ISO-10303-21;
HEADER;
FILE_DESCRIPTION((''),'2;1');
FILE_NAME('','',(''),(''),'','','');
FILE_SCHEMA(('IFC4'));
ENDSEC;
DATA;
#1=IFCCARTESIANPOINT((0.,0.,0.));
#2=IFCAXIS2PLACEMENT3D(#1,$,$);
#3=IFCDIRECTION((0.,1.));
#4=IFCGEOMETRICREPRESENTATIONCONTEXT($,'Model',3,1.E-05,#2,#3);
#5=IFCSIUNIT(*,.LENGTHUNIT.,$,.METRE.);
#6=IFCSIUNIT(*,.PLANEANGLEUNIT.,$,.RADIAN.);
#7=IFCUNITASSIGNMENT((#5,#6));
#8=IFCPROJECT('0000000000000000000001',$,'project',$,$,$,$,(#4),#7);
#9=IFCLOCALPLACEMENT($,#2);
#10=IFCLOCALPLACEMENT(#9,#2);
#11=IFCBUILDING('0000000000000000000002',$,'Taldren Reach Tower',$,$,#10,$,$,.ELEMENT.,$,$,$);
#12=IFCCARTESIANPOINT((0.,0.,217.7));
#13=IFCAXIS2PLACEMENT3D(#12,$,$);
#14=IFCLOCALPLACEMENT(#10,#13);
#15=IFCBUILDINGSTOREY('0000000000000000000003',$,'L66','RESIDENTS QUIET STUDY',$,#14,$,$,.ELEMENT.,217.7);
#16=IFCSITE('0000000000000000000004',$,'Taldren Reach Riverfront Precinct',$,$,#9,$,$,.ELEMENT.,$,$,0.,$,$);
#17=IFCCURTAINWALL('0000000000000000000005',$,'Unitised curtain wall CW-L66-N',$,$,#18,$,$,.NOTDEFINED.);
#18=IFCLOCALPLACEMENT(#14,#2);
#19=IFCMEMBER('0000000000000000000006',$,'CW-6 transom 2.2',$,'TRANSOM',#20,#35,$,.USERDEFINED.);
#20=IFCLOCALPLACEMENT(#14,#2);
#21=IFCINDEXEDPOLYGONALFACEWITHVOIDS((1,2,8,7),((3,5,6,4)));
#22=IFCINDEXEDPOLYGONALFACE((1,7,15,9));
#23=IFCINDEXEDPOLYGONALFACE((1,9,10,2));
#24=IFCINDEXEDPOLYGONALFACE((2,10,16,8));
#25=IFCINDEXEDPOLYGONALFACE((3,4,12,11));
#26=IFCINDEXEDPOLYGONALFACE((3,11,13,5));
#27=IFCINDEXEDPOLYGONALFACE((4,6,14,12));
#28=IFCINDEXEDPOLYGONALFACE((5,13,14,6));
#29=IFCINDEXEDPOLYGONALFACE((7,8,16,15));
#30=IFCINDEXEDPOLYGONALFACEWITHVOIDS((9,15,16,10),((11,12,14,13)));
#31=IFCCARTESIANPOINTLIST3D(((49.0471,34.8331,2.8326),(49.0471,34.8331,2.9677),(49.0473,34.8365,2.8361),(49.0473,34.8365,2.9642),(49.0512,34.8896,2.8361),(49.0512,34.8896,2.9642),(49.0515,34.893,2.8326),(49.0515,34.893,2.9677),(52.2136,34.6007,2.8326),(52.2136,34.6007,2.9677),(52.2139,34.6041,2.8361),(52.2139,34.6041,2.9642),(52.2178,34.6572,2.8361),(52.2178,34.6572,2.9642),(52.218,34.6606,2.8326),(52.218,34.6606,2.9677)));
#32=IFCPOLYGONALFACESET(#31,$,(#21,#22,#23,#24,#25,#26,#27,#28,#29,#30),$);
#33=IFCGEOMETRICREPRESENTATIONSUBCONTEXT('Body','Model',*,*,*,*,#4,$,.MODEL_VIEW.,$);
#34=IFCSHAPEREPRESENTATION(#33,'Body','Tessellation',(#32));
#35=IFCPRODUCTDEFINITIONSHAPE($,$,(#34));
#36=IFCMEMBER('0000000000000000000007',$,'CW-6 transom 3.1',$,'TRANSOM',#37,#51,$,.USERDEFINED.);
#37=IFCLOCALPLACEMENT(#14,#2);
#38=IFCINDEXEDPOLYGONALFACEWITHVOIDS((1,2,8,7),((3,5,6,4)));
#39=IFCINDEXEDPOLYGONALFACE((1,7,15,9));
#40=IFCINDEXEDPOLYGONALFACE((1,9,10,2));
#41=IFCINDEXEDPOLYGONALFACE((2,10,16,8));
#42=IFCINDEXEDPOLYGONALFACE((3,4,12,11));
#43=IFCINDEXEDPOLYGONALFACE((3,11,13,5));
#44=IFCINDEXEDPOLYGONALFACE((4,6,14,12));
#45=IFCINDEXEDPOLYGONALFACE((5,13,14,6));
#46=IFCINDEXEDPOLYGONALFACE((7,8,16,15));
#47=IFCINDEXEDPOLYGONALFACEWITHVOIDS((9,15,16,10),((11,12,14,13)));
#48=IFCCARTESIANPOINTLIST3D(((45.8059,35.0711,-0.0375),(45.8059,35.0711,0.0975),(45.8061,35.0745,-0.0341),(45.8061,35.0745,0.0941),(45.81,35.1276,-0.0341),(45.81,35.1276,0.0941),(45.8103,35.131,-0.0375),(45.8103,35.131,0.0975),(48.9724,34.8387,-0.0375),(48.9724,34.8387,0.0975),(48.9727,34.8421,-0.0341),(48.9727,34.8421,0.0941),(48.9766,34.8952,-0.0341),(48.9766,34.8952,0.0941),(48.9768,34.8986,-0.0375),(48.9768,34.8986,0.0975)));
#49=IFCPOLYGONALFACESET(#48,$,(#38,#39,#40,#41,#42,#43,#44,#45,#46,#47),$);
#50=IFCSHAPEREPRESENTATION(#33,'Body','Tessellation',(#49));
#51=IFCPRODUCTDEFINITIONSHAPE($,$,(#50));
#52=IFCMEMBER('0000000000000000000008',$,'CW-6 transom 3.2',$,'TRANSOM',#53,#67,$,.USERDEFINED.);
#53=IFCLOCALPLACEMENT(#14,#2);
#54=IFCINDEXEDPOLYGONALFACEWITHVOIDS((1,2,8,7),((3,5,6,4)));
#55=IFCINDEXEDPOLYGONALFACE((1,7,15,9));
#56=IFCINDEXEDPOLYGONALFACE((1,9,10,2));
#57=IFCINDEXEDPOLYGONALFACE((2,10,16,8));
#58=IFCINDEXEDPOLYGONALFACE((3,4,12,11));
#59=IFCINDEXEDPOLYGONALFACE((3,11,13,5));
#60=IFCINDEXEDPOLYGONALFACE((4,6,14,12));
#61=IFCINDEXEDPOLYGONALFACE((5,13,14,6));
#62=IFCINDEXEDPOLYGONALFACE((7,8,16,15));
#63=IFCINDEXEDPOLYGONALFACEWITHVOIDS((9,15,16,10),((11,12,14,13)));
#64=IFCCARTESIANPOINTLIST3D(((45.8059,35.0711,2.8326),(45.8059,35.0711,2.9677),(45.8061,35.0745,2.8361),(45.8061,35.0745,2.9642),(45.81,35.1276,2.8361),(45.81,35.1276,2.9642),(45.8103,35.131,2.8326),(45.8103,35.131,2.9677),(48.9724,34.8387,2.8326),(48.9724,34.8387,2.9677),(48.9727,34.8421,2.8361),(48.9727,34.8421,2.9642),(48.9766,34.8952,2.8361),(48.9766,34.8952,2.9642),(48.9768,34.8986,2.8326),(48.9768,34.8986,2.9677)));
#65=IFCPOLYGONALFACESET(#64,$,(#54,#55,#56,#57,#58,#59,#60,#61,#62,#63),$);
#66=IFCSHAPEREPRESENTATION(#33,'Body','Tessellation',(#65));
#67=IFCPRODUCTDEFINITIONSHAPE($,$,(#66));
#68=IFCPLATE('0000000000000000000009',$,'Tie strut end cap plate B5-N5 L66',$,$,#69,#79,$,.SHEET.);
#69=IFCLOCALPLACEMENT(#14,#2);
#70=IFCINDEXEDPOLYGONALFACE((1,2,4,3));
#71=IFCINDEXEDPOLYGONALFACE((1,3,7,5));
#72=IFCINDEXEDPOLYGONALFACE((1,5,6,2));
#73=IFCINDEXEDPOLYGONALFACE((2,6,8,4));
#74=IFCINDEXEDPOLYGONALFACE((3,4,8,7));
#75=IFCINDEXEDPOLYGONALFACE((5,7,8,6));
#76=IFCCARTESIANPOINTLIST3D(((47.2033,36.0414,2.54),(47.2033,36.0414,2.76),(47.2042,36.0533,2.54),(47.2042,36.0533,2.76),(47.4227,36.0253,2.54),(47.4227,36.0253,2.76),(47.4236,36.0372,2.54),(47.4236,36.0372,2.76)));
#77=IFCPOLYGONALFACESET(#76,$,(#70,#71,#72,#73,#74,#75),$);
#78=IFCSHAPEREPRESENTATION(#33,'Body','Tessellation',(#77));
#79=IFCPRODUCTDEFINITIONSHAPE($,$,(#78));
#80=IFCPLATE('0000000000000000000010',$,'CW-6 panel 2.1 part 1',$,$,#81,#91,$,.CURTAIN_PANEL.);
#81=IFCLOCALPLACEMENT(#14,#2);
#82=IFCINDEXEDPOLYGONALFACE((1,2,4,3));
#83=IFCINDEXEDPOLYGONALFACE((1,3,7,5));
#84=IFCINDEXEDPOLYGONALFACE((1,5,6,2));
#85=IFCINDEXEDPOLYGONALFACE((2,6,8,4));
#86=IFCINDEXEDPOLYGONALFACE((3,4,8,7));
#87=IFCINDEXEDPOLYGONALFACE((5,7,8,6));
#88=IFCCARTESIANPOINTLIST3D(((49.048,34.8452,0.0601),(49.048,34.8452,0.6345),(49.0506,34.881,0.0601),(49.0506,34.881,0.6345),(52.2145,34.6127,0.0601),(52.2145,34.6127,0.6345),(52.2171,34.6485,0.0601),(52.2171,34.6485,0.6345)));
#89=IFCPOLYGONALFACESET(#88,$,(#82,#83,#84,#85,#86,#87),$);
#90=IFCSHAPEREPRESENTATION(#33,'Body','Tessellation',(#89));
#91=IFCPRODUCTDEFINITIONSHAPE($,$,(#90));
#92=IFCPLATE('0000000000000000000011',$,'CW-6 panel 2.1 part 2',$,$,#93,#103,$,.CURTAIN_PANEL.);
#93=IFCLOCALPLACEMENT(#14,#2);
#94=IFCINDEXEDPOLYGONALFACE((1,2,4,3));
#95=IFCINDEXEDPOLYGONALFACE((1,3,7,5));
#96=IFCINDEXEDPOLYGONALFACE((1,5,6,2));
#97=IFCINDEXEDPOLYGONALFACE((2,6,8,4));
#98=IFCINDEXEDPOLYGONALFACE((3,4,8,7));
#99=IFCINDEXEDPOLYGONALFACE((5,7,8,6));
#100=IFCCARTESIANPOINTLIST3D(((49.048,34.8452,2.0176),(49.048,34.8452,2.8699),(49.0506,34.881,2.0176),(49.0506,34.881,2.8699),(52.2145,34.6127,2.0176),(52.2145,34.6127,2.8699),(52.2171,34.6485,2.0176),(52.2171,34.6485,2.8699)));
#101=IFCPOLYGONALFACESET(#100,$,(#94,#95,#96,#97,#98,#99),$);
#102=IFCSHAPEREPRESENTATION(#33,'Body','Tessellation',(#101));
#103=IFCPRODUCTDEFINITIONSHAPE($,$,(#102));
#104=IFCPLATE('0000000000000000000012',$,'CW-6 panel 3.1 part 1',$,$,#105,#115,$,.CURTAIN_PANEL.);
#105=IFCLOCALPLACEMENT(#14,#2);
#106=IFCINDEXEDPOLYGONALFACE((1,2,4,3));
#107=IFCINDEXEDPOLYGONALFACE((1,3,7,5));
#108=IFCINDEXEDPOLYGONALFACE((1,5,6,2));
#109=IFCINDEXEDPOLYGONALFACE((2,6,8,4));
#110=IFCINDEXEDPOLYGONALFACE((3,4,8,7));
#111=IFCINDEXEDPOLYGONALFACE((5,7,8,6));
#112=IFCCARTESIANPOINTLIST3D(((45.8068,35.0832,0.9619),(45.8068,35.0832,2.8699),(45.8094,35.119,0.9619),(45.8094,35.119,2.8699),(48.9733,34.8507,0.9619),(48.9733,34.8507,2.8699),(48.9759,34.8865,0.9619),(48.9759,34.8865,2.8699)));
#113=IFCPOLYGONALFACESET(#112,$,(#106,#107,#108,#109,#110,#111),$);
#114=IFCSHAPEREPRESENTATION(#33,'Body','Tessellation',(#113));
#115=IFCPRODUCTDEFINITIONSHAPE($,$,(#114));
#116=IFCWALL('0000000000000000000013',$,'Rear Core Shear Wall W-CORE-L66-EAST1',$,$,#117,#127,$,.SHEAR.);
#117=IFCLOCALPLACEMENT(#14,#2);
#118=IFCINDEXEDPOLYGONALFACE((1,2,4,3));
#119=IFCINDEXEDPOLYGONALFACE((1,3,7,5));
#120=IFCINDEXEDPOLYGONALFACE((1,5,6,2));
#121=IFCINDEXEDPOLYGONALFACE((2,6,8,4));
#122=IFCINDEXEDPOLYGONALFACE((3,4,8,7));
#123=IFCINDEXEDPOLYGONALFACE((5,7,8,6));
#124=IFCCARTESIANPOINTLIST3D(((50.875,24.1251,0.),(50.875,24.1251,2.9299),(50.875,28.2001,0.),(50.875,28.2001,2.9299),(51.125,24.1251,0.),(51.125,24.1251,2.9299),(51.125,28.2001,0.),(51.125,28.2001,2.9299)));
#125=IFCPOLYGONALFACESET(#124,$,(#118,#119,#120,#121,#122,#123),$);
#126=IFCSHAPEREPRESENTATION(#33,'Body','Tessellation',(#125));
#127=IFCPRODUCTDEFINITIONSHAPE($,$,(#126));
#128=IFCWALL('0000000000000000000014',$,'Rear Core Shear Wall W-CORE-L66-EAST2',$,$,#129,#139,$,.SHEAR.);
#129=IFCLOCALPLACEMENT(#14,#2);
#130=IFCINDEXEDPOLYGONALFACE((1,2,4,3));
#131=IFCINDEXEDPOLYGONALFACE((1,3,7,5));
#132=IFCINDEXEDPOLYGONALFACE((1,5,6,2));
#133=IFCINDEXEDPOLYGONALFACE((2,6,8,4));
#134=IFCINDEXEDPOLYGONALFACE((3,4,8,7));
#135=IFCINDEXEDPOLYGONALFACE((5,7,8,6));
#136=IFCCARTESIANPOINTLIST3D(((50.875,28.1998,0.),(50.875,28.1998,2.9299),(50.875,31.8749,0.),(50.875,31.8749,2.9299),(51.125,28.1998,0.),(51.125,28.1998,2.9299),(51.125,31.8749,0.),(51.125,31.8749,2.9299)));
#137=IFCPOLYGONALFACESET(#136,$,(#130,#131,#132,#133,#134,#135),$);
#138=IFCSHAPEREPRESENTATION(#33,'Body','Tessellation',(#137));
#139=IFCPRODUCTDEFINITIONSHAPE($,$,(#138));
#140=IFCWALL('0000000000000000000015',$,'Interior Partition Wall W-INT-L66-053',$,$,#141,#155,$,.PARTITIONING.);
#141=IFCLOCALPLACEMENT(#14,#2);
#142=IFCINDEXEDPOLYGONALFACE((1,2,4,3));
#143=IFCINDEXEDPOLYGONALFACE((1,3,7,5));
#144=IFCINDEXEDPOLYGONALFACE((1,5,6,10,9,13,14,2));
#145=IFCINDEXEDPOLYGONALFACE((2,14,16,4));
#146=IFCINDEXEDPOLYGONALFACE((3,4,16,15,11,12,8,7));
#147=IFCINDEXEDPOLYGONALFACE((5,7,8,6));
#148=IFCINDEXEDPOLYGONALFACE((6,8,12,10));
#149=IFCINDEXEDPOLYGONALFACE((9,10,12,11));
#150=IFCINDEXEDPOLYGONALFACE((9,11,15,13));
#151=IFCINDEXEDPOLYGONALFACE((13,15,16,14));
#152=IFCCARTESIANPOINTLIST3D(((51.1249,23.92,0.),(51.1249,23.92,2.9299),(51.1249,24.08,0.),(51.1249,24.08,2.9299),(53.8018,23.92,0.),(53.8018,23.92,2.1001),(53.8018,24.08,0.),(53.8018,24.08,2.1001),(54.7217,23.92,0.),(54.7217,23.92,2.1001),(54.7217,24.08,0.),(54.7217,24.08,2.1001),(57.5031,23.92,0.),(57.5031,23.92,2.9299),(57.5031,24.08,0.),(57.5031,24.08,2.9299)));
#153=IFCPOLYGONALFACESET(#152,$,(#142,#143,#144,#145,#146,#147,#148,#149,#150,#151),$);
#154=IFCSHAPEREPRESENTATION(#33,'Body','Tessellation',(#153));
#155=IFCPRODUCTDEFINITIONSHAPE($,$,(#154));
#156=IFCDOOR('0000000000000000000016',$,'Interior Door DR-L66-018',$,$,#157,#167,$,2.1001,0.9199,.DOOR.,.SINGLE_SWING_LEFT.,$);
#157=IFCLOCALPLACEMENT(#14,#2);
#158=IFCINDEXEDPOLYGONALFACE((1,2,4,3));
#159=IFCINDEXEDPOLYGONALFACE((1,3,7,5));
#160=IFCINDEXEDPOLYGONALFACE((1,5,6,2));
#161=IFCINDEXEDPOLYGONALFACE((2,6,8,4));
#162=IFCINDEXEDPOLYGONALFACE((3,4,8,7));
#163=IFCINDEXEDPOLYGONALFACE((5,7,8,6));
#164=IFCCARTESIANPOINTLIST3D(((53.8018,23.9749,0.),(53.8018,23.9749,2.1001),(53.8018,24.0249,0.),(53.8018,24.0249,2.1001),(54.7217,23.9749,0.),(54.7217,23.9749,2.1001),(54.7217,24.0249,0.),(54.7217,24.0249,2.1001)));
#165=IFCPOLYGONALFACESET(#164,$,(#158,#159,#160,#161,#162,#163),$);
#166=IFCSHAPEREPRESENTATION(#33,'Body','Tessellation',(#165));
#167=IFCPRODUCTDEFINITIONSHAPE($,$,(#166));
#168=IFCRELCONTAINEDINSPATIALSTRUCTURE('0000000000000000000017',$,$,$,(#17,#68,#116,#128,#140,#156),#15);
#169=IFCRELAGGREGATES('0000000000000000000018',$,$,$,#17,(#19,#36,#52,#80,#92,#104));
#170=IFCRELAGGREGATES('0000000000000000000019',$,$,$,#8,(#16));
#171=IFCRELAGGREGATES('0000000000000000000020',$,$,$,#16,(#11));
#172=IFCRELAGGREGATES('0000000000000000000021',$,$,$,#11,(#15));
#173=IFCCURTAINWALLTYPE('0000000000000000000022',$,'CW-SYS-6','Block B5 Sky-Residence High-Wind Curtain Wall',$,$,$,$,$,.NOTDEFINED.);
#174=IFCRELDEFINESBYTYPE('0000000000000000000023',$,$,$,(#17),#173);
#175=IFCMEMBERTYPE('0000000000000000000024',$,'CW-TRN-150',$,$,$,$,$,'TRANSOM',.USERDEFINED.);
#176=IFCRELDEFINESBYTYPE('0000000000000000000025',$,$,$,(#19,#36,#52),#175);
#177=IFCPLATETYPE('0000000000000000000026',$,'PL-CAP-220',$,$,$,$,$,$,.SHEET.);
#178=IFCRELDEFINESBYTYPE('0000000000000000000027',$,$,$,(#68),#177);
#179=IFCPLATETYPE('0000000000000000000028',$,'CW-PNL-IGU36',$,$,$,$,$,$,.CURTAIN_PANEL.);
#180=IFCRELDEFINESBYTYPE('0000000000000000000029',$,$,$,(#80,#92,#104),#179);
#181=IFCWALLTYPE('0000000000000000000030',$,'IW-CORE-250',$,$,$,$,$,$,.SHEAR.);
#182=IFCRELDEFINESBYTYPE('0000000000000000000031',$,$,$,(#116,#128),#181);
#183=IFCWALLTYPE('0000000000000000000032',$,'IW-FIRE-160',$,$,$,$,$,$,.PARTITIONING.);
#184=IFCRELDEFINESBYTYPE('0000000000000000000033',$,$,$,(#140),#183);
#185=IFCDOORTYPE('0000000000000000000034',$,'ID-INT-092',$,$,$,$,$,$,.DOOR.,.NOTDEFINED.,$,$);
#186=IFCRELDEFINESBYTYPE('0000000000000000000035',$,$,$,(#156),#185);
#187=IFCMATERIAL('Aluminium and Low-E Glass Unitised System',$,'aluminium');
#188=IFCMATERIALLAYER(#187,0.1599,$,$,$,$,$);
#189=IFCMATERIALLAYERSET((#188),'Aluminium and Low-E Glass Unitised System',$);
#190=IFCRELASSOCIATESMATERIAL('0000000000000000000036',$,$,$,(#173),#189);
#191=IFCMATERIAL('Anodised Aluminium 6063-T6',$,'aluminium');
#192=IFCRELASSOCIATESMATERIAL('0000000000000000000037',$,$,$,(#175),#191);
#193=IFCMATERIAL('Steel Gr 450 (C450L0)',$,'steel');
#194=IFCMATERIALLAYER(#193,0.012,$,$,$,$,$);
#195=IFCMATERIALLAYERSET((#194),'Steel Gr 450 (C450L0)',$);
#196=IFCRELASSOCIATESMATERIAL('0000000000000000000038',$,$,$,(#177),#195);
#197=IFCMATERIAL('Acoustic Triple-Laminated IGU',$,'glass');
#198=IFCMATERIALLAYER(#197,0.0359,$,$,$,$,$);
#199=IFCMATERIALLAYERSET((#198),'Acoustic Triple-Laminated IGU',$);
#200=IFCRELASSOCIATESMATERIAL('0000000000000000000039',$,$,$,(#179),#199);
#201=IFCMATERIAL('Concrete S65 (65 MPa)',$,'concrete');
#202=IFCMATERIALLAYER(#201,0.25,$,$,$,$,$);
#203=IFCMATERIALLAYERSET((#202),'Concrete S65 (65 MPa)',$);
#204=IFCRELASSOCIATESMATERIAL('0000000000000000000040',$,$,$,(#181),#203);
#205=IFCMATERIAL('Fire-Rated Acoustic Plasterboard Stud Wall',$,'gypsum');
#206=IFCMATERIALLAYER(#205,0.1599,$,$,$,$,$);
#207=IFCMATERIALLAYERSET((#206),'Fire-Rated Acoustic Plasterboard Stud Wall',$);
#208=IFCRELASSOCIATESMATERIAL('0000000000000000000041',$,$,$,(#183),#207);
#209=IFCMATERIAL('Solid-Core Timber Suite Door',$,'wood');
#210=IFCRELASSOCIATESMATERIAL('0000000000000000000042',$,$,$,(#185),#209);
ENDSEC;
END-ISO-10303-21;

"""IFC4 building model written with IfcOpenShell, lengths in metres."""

from ifc_helpers import new_model, si_unit, direction, frame, frame_2d, origin, origin_2d, place, context, subcontext, project, spatial, rectangle, hollow_rectangle, extrude, source, transform, mapped, material, layer, layer_set, material_profile, profile_set, type_object, element, fill, aggregate, save


model = new_model("IFC4")

# Units and contexts
model_context = context("Model", 3, precision=1e-05, world=origin(), true_north=direction((0.0, 1.0)))
body_context = subcontext(model_context, "Body", "Model", "MODEL_VIEW")
ifc_project = project(units=[si_unit("LENGTHUNIT", "METRE"), si_unit("PLANEANGLEUNIT", "RADIAN")], contexts=[model_context])

# Site, building, storey
site_placement = place(None, origin())
site = spatial("IfcSite", under=ifc_project, at=site_placement, Name="Taldren Reach Riverfront Precinct", CompositionType="ELEMENT", RefElevation=0.0)
building_placement = place(site_placement, origin())
building = spatial("IfcBuilding", under=site, at=building_placement, Name="Taldren Reach Tower", CompositionType="ELEMENT")
storey_placement = place(building_placement, frame((0.0, 0.0, 217.7)))
storey = spatial("IfcBuildingStorey", under=building, at=storey_placement, Name="L66", Description="RESIDENTS QUIET STUDY", CompositionType="ELEMENT", Elevation=217.7)

# Shared definitions
ifc_material_1 = material(Name="Steel Gr 450 (C450L0)", Category="steel")

# Curtain wall, members
ifc_material_2 = material(Name="Aluminium and Low-E Glass Unitised System", Category="aluminium")
ifc_layer_1 = layer(ifc_material_2, 0.1599)
ifc_layer_set_1 = layer_set([ifc_layer_1], Name="Aluminium and Low-E Glass Unitised System")
curtain_wall_type = type_object("IfcCurtainWallType", Name="CW-SYS-6", Description="Block B5 Sky-Residence High-Wind Curtain Wall", PredefinedType="NOTDEFINED", material=ifc_layer_set_1)
curtain_wall_placement = place(storey_placement, origin())
curtain_wall = element("IfcCurtainWall", 1, at=curtain_wall_placement, inside=storey, type_object=curtain_wall_type, Name="Unitised curtain wall CW-L66-N", PredefinedType="NOTDEFINED")
ifc_material_3 = material(Name="Anodised Aluminium 6063-T6", Category="aluminium")
ifc_material_profile_1 = material_profile(ifc_material_3, hollow_rectangle(XDim=0.0601, YDim=0.135, WallThickness=0.0034, at=origin_2d()), Name="ALU-135x60x3.5RHS")
ifc_profile_set_1 = profile_set([ifc_material_profile_1], Name="Anodised Aluminium 6063-T6")
member_type_1 = type_object("IfcMemberType", Name="CW-TRN-150", ElementType="TRANSOM", PredefinedType="USERDEFINED", material=ifc_profile_set_1)
shared_shape_1 = source(origin(), body_context, "Body", "SweptSolid", [
    extrude(hollow_rectangle(XDim=0.0601, YDim=0.135, WallThickness=0.0034, at=origin_2d()), origin(), (0.0, 0.0, 1.0), 3.175),
])
member_1_placement = place(storey_placement, frame((52.2158, 34.6306, 2.9001), z_axis=(-0.997317, 0.073203, 0.0), x_axis=(-0.073203, -0.997317, 0.0)))
member_1 = element("IfcMember", 2, at=member_1_placement, type_object=member_type_1, Name="CW-6 transom 2.2", ObjectType="TRANSOM", PredefinedType="USERDEFINED", context=body_context, shape_type="MappedRepresentation", body=[
    mapped(shared_shape_1, transform((0.0, 0.0, 0.0), scale=1.0)),
])
member_2_placement = place(storey_placement, frame((48.9746, 34.8687, 0.03), z_axis=(-0.997317, 0.073203, 0.0), x_axis=(-0.073203, -0.997317, 0.0)))
member_2 = element("IfcMember", 3, at=member_2_placement, type_object=member_type_1, Name="CW-6 transom 3.1", ObjectType="TRANSOM", PredefinedType="USERDEFINED", context=body_context, shape_type="MappedRepresentation", body=[
    mapped(shared_shape_1, transform((0.0, 0.0, 0.0), scale=1.0)),
])
member_3_placement = place(storey_placement, frame((48.9746, 34.8687, 2.9001), z_axis=(-0.997317, 0.073203, 0.0), x_axis=(-0.073203, -0.997317, 0.0)))
member_3 = element("IfcMember", 4, at=member_3_placement, type_object=member_type_1, Name="CW-6 transom 3.2", ObjectType="TRANSOM", PredefinedType="USERDEFINED", context=body_context, shape_type="MappedRepresentation", body=[
    mapped(shared_shape_1, transform((0.0, 0.0, 0.0), scale=1.0)),
])

# Plates
ifc_layer_2 = layer(ifc_material_1, 0.012)
ifc_layer_set_2 = layer_set([ifc_layer_2], Name="Steel Gr 450 (C450L0)")
plate_type_1 = type_object("IfcPlateType", Name="PL-CAP-220", PredefinedType="SHEET", material=ifc_layer_set_2)
shared_shape_2 = source(origin(), body_context, "Body", "SweptSolid", [
    extrude(rectangle(XDim=0.22, YDim=0.012, at=origin_2d()), origin(), (0.0, 0.0, 1.0), 0.22),
])
plate_1_placement = place(storey_placement, frame((47.3135, 36.0393, 2.54), z_axis=(0.0, 0.0, 1.0), x_axis=(0.997314, -0.073238, 0.0)))
element("IfcPlate", 5, at=plate_1_placement, inside=storey, type_object=plate_type_1, Name="Tie strut end cap plate B5-N5 L66", PredefinedType="SHEET", context=body_context, shape_type="MappedRepresentation", body=[
    mapped(shared_shape_2, transform((0.0, 0.0, 0.0), scale=1.0)),
])
ifc_material_4 = material(Name="Acoustic Triple-Laminated IGU", Category="glass")
ifc_layer_3 = layer(ifc_material_4, 0.0359)
ifc_layer_set_3 = layer_set([ifc_layer_3], Name="Acoustic Triple-Laminated IGU")
plate_type_2 = type_object("IfcPlateType", Name="CW-PNL-IGU36", PredefinedType="CURTAIN_PANEL", material=ifc_layer_set_3)
shared_shape_3 = source(origin(), body_context, "Body", "SweptSolid", [
    extrude(rectangle(XDim=3.175, YDim=0.0359, at=origin_2d()), origin(), (0.0, 0.0, 1.0), 0.5745),
])
plate_2_placement = place(storey_placement, frame((50.6326, 34.7468, 0.0601), z_axis=(0.0, 0.0, 1.0), x_axis=(-0.997314, 0.073238, 0.0)))
plate_2 = element("IfcPlate", 6, at=plate_2_placement, type_object=plate_type_2, Name="CW-6 panel 2.1 part 1", PredefinedType="CURTAIN_PANEL", context=body_context, shape_type="MappedRepresentation", body=[
    mapped(shared_shape_3, transform((0.0, 0.0, 0.0), scale=1.0)),
])
shared_shape_4 = source(origin(), body_context, "Body", "SweptSolid", [
    extrude(rectangle(XDim=3.175, YDim=0.0359, at=origin_2d()), origin(), (0.0, 0.0, 1.0), 0.8523),
])
plate_3_placement = place(storey_placement, frame((50.6326, 34.7468, 2.0176), z_axis=(0.0, 0.0, 1.0), x_axis=(-0.997314, 0.073238, 0.0)))
plate_3 = element("IfcPlate", 7, at=plate_3_placement, type_object=plate_type_2, Name="CW-6 panel 2.1 part 2", PredefinedType="CURTAIN_PANEL", context=body_context, shape_type="MappedRepresentation", body=[
    mapped(shared_shape_4, transform((0.0, 0.0, 0.0), scale=1.0)),
])
shared_shape_5 = source(origin(), body_context, "Body", "SweptSolid", [
    extrude(rectangle(XDim=3.175, YDim=0.0359, at=origin_2d()), origin(), (0.0, 0.0, 1.0), 1.908),
])
plate_4_placement = place(storey_placement, frame((47.3914, 34.9849, 0.9619), z_axis=(0.0, 0.0, 1.0), x_axis=(-0.997314, 0.073238, 0.0)))
plate_4 = element("IfcPlate", 8, at=plate_4_placement, type_object=plate_type_2, Name="CW-6 panel 3.1 part 1", PredefinedType="CURTAIN_PANEL", context=body_context, shape_type="MappedRepresentation", body=[
    mapped(shared_shape_5, transform((0.0, 0.0, 0.0), scale=1.0)),
])
aggregate(curtain_wall, [member_1, member_2, member_3, plate_2, plate_3, plate_4])

# Walls
ifc_material_5 = material(Name="Concrete S65 (65 MPa)", Category="concrete")
ifc_layer_4 = layer(ifc_material_5, 0.25)
ifc_layer_set_4 = layer_set([ifc_layer_4], Name="Concrete S65 (65 MPa)")
wall_type_1 = type_object("IfcWallType", Name="IW-CORE-250", PredefinedType="SHEAR", material=ifc_layer_set_4)
shared_shape_6 = source(origin(), body_context, "Body", "SweptSolid", [
    extrude(rectangle(XDim=4.075, YDim=0.25, at=frame_2d((2.0376, 0.0))), origin(), (0.0, 0.0, 1.0), 2.9299),
])
wall_1_placement = place(storey_placement, frame((51.0, 24.125, 0.0), z_axis=(0.0, 0.0, 1.0), x_axis=(0.0, 1.0, 0.0)))
element("IfcWall", 9, at=wall_1_placement, inside=storey, type_object=wall_type_1, Name="Rear Core Shear Wall W-CORE-L66-EAST1", PredefinedType="SHEAR", context=body_context, shape_type="MappedRepresentation", body=[
    mapped(shared_shape_6, transform((0.0, 0.0, 0.0), scale=1.0)),
])
shared_shape_7 = source(origin(), body_context, "Body", "SweptSolid", [
    extrude(rectangle(XDim=3.675, YDim=0.25, at=frame_2d((1.8374, 0.0))), origin(), (0.0, 0.0, 1.0), 2.9299),
])
wall_2_placement = place(storey_placement, frame((51.0, 28.2, 0.0), z_axis=(0.0, 0.0, 1.0), x_axis=(0.0, 1.0, 0.0)))
element("IfcWall", 10, at=wall_2_placement, inside=storey, type_object=wall_type_1, Name="Rear Core Shear Wall W-CORE-L66-EAST2", PredefinedType="SHEAR", context=body_context, shape_type="MappedRepresentation", body=[
    mapped(shared_shape_7, transform((0.0, 0.0, 0.0), scale=1.0)),
])

# Wall, opening, door
ifc_material_6 = material(Name="Fire-Rated Acoustic Plasterboard Stud Wall", Category="gypsum")
ifc_layer_5 = layer(ifc_material_6, 0.1599)
ifc_layer_set_5 = layer_set([ifc_layer_5], Name="Fire-Rated Acoustic Plasterboard Stud Wall")
wall_type_2 = type_object("IfcWallType", Name="IW-FIRE-160", PredefinedType="PARTITIONING", material=ifc_layer_set_5)
shared_shape_8 = source(origin(), body_context, "Body", "SweptSolid", [
    extrude(rectangle(XDim=6.3782, YDim=0.1599, at=frame_2d((3.189, 0.0))), origin(), (0.0, 0.0, 1.0), 2.9299),
])
wall_3_placement = place(storey_placement, frame((51.125, 24.0, 0.0), z_axis=(0.0, 0.0, 1.0), x_axis=(1.0, 0.0, 0.0)))
wall_3 = element("IfcWall", 11, at=wall_3_placement, inside=storey, type_object=wall_type_2, Name="Interior Partition Wall W-INT-L66-053", PredefinedType="PARTITIONING", context=body_context, shape_type="MappedRepresentation", body=[
    mapped(shared_shape_8, transform((0.0, 0.0, 0.0), scale=1.0)),
])
shared_shape_9 = source(origin(), body_context, "Body", "SweptSolid", [
    extrude(rectangle(XDim=0.9199, YDim=2.1001, at=frame_2d((0.46, 1.05))), frame((0.0, 0.0898, 0.0), z_axis=(0.0, -1.0, 0.0), x_axis=(1.0, 0.0, 0.0)), (0.0, 0.0, 1.0), 0.1799),
])
opening_placement = place(wall_3_placement, frame((2.6768, 0.0, 0.0)))
opening = element("IfcOpeningElement", 12, at=opening_placement, cuts=wall_3, PredefinedType="OPENING", context=body_context, shape_type="MappedRepresentation", body=[
    mapped(shared_shape_9, transform((0.0, 0.0, 0.0), scale=1.0)),
])
ifc_material_7 = material(Name="Solid-Core Timber Suite Door", Category="wood")
door_type = type_object("IfcDoorType", Name="ID-INT-092", OperationType="NOTDEFINED", PredefinedType="DOOR", material=ifc_material_7)
shared_shape_10 = source(origin(), body_context, "Body", "SweptSolid", [
    extrude(rectangle(XDim=0.9199, YDim=2.1001, at=frame_2d((0.46, 1.05))), frame((0.0, 0.0249, 0.0), z_axis=(0.0, -1.0, 0.0), x_axis=(1.0, 0.0, 0.0)), (0.0, 0.0, 1.0), 0.05),
])
door_placement = place(opening_placement, origin())
door = element("IfcDoor", 13, at=door_placement, inside=storey, type_object=door_type, Name="Interior Door DR-L66-018", OperationType="SINGLE_SWING_LEFT", OverallHeight=2.1001, OverallWidth=0.9199, PredefinedType="DOOR", context=body_context, shape_type="MappedRepresentation", body=[
    mapped(shared_shape_10, transform((0.0, 0.0, 0.0), scale=1.0)),
])
fill(opening, door)

save(model, "model.ifc")
